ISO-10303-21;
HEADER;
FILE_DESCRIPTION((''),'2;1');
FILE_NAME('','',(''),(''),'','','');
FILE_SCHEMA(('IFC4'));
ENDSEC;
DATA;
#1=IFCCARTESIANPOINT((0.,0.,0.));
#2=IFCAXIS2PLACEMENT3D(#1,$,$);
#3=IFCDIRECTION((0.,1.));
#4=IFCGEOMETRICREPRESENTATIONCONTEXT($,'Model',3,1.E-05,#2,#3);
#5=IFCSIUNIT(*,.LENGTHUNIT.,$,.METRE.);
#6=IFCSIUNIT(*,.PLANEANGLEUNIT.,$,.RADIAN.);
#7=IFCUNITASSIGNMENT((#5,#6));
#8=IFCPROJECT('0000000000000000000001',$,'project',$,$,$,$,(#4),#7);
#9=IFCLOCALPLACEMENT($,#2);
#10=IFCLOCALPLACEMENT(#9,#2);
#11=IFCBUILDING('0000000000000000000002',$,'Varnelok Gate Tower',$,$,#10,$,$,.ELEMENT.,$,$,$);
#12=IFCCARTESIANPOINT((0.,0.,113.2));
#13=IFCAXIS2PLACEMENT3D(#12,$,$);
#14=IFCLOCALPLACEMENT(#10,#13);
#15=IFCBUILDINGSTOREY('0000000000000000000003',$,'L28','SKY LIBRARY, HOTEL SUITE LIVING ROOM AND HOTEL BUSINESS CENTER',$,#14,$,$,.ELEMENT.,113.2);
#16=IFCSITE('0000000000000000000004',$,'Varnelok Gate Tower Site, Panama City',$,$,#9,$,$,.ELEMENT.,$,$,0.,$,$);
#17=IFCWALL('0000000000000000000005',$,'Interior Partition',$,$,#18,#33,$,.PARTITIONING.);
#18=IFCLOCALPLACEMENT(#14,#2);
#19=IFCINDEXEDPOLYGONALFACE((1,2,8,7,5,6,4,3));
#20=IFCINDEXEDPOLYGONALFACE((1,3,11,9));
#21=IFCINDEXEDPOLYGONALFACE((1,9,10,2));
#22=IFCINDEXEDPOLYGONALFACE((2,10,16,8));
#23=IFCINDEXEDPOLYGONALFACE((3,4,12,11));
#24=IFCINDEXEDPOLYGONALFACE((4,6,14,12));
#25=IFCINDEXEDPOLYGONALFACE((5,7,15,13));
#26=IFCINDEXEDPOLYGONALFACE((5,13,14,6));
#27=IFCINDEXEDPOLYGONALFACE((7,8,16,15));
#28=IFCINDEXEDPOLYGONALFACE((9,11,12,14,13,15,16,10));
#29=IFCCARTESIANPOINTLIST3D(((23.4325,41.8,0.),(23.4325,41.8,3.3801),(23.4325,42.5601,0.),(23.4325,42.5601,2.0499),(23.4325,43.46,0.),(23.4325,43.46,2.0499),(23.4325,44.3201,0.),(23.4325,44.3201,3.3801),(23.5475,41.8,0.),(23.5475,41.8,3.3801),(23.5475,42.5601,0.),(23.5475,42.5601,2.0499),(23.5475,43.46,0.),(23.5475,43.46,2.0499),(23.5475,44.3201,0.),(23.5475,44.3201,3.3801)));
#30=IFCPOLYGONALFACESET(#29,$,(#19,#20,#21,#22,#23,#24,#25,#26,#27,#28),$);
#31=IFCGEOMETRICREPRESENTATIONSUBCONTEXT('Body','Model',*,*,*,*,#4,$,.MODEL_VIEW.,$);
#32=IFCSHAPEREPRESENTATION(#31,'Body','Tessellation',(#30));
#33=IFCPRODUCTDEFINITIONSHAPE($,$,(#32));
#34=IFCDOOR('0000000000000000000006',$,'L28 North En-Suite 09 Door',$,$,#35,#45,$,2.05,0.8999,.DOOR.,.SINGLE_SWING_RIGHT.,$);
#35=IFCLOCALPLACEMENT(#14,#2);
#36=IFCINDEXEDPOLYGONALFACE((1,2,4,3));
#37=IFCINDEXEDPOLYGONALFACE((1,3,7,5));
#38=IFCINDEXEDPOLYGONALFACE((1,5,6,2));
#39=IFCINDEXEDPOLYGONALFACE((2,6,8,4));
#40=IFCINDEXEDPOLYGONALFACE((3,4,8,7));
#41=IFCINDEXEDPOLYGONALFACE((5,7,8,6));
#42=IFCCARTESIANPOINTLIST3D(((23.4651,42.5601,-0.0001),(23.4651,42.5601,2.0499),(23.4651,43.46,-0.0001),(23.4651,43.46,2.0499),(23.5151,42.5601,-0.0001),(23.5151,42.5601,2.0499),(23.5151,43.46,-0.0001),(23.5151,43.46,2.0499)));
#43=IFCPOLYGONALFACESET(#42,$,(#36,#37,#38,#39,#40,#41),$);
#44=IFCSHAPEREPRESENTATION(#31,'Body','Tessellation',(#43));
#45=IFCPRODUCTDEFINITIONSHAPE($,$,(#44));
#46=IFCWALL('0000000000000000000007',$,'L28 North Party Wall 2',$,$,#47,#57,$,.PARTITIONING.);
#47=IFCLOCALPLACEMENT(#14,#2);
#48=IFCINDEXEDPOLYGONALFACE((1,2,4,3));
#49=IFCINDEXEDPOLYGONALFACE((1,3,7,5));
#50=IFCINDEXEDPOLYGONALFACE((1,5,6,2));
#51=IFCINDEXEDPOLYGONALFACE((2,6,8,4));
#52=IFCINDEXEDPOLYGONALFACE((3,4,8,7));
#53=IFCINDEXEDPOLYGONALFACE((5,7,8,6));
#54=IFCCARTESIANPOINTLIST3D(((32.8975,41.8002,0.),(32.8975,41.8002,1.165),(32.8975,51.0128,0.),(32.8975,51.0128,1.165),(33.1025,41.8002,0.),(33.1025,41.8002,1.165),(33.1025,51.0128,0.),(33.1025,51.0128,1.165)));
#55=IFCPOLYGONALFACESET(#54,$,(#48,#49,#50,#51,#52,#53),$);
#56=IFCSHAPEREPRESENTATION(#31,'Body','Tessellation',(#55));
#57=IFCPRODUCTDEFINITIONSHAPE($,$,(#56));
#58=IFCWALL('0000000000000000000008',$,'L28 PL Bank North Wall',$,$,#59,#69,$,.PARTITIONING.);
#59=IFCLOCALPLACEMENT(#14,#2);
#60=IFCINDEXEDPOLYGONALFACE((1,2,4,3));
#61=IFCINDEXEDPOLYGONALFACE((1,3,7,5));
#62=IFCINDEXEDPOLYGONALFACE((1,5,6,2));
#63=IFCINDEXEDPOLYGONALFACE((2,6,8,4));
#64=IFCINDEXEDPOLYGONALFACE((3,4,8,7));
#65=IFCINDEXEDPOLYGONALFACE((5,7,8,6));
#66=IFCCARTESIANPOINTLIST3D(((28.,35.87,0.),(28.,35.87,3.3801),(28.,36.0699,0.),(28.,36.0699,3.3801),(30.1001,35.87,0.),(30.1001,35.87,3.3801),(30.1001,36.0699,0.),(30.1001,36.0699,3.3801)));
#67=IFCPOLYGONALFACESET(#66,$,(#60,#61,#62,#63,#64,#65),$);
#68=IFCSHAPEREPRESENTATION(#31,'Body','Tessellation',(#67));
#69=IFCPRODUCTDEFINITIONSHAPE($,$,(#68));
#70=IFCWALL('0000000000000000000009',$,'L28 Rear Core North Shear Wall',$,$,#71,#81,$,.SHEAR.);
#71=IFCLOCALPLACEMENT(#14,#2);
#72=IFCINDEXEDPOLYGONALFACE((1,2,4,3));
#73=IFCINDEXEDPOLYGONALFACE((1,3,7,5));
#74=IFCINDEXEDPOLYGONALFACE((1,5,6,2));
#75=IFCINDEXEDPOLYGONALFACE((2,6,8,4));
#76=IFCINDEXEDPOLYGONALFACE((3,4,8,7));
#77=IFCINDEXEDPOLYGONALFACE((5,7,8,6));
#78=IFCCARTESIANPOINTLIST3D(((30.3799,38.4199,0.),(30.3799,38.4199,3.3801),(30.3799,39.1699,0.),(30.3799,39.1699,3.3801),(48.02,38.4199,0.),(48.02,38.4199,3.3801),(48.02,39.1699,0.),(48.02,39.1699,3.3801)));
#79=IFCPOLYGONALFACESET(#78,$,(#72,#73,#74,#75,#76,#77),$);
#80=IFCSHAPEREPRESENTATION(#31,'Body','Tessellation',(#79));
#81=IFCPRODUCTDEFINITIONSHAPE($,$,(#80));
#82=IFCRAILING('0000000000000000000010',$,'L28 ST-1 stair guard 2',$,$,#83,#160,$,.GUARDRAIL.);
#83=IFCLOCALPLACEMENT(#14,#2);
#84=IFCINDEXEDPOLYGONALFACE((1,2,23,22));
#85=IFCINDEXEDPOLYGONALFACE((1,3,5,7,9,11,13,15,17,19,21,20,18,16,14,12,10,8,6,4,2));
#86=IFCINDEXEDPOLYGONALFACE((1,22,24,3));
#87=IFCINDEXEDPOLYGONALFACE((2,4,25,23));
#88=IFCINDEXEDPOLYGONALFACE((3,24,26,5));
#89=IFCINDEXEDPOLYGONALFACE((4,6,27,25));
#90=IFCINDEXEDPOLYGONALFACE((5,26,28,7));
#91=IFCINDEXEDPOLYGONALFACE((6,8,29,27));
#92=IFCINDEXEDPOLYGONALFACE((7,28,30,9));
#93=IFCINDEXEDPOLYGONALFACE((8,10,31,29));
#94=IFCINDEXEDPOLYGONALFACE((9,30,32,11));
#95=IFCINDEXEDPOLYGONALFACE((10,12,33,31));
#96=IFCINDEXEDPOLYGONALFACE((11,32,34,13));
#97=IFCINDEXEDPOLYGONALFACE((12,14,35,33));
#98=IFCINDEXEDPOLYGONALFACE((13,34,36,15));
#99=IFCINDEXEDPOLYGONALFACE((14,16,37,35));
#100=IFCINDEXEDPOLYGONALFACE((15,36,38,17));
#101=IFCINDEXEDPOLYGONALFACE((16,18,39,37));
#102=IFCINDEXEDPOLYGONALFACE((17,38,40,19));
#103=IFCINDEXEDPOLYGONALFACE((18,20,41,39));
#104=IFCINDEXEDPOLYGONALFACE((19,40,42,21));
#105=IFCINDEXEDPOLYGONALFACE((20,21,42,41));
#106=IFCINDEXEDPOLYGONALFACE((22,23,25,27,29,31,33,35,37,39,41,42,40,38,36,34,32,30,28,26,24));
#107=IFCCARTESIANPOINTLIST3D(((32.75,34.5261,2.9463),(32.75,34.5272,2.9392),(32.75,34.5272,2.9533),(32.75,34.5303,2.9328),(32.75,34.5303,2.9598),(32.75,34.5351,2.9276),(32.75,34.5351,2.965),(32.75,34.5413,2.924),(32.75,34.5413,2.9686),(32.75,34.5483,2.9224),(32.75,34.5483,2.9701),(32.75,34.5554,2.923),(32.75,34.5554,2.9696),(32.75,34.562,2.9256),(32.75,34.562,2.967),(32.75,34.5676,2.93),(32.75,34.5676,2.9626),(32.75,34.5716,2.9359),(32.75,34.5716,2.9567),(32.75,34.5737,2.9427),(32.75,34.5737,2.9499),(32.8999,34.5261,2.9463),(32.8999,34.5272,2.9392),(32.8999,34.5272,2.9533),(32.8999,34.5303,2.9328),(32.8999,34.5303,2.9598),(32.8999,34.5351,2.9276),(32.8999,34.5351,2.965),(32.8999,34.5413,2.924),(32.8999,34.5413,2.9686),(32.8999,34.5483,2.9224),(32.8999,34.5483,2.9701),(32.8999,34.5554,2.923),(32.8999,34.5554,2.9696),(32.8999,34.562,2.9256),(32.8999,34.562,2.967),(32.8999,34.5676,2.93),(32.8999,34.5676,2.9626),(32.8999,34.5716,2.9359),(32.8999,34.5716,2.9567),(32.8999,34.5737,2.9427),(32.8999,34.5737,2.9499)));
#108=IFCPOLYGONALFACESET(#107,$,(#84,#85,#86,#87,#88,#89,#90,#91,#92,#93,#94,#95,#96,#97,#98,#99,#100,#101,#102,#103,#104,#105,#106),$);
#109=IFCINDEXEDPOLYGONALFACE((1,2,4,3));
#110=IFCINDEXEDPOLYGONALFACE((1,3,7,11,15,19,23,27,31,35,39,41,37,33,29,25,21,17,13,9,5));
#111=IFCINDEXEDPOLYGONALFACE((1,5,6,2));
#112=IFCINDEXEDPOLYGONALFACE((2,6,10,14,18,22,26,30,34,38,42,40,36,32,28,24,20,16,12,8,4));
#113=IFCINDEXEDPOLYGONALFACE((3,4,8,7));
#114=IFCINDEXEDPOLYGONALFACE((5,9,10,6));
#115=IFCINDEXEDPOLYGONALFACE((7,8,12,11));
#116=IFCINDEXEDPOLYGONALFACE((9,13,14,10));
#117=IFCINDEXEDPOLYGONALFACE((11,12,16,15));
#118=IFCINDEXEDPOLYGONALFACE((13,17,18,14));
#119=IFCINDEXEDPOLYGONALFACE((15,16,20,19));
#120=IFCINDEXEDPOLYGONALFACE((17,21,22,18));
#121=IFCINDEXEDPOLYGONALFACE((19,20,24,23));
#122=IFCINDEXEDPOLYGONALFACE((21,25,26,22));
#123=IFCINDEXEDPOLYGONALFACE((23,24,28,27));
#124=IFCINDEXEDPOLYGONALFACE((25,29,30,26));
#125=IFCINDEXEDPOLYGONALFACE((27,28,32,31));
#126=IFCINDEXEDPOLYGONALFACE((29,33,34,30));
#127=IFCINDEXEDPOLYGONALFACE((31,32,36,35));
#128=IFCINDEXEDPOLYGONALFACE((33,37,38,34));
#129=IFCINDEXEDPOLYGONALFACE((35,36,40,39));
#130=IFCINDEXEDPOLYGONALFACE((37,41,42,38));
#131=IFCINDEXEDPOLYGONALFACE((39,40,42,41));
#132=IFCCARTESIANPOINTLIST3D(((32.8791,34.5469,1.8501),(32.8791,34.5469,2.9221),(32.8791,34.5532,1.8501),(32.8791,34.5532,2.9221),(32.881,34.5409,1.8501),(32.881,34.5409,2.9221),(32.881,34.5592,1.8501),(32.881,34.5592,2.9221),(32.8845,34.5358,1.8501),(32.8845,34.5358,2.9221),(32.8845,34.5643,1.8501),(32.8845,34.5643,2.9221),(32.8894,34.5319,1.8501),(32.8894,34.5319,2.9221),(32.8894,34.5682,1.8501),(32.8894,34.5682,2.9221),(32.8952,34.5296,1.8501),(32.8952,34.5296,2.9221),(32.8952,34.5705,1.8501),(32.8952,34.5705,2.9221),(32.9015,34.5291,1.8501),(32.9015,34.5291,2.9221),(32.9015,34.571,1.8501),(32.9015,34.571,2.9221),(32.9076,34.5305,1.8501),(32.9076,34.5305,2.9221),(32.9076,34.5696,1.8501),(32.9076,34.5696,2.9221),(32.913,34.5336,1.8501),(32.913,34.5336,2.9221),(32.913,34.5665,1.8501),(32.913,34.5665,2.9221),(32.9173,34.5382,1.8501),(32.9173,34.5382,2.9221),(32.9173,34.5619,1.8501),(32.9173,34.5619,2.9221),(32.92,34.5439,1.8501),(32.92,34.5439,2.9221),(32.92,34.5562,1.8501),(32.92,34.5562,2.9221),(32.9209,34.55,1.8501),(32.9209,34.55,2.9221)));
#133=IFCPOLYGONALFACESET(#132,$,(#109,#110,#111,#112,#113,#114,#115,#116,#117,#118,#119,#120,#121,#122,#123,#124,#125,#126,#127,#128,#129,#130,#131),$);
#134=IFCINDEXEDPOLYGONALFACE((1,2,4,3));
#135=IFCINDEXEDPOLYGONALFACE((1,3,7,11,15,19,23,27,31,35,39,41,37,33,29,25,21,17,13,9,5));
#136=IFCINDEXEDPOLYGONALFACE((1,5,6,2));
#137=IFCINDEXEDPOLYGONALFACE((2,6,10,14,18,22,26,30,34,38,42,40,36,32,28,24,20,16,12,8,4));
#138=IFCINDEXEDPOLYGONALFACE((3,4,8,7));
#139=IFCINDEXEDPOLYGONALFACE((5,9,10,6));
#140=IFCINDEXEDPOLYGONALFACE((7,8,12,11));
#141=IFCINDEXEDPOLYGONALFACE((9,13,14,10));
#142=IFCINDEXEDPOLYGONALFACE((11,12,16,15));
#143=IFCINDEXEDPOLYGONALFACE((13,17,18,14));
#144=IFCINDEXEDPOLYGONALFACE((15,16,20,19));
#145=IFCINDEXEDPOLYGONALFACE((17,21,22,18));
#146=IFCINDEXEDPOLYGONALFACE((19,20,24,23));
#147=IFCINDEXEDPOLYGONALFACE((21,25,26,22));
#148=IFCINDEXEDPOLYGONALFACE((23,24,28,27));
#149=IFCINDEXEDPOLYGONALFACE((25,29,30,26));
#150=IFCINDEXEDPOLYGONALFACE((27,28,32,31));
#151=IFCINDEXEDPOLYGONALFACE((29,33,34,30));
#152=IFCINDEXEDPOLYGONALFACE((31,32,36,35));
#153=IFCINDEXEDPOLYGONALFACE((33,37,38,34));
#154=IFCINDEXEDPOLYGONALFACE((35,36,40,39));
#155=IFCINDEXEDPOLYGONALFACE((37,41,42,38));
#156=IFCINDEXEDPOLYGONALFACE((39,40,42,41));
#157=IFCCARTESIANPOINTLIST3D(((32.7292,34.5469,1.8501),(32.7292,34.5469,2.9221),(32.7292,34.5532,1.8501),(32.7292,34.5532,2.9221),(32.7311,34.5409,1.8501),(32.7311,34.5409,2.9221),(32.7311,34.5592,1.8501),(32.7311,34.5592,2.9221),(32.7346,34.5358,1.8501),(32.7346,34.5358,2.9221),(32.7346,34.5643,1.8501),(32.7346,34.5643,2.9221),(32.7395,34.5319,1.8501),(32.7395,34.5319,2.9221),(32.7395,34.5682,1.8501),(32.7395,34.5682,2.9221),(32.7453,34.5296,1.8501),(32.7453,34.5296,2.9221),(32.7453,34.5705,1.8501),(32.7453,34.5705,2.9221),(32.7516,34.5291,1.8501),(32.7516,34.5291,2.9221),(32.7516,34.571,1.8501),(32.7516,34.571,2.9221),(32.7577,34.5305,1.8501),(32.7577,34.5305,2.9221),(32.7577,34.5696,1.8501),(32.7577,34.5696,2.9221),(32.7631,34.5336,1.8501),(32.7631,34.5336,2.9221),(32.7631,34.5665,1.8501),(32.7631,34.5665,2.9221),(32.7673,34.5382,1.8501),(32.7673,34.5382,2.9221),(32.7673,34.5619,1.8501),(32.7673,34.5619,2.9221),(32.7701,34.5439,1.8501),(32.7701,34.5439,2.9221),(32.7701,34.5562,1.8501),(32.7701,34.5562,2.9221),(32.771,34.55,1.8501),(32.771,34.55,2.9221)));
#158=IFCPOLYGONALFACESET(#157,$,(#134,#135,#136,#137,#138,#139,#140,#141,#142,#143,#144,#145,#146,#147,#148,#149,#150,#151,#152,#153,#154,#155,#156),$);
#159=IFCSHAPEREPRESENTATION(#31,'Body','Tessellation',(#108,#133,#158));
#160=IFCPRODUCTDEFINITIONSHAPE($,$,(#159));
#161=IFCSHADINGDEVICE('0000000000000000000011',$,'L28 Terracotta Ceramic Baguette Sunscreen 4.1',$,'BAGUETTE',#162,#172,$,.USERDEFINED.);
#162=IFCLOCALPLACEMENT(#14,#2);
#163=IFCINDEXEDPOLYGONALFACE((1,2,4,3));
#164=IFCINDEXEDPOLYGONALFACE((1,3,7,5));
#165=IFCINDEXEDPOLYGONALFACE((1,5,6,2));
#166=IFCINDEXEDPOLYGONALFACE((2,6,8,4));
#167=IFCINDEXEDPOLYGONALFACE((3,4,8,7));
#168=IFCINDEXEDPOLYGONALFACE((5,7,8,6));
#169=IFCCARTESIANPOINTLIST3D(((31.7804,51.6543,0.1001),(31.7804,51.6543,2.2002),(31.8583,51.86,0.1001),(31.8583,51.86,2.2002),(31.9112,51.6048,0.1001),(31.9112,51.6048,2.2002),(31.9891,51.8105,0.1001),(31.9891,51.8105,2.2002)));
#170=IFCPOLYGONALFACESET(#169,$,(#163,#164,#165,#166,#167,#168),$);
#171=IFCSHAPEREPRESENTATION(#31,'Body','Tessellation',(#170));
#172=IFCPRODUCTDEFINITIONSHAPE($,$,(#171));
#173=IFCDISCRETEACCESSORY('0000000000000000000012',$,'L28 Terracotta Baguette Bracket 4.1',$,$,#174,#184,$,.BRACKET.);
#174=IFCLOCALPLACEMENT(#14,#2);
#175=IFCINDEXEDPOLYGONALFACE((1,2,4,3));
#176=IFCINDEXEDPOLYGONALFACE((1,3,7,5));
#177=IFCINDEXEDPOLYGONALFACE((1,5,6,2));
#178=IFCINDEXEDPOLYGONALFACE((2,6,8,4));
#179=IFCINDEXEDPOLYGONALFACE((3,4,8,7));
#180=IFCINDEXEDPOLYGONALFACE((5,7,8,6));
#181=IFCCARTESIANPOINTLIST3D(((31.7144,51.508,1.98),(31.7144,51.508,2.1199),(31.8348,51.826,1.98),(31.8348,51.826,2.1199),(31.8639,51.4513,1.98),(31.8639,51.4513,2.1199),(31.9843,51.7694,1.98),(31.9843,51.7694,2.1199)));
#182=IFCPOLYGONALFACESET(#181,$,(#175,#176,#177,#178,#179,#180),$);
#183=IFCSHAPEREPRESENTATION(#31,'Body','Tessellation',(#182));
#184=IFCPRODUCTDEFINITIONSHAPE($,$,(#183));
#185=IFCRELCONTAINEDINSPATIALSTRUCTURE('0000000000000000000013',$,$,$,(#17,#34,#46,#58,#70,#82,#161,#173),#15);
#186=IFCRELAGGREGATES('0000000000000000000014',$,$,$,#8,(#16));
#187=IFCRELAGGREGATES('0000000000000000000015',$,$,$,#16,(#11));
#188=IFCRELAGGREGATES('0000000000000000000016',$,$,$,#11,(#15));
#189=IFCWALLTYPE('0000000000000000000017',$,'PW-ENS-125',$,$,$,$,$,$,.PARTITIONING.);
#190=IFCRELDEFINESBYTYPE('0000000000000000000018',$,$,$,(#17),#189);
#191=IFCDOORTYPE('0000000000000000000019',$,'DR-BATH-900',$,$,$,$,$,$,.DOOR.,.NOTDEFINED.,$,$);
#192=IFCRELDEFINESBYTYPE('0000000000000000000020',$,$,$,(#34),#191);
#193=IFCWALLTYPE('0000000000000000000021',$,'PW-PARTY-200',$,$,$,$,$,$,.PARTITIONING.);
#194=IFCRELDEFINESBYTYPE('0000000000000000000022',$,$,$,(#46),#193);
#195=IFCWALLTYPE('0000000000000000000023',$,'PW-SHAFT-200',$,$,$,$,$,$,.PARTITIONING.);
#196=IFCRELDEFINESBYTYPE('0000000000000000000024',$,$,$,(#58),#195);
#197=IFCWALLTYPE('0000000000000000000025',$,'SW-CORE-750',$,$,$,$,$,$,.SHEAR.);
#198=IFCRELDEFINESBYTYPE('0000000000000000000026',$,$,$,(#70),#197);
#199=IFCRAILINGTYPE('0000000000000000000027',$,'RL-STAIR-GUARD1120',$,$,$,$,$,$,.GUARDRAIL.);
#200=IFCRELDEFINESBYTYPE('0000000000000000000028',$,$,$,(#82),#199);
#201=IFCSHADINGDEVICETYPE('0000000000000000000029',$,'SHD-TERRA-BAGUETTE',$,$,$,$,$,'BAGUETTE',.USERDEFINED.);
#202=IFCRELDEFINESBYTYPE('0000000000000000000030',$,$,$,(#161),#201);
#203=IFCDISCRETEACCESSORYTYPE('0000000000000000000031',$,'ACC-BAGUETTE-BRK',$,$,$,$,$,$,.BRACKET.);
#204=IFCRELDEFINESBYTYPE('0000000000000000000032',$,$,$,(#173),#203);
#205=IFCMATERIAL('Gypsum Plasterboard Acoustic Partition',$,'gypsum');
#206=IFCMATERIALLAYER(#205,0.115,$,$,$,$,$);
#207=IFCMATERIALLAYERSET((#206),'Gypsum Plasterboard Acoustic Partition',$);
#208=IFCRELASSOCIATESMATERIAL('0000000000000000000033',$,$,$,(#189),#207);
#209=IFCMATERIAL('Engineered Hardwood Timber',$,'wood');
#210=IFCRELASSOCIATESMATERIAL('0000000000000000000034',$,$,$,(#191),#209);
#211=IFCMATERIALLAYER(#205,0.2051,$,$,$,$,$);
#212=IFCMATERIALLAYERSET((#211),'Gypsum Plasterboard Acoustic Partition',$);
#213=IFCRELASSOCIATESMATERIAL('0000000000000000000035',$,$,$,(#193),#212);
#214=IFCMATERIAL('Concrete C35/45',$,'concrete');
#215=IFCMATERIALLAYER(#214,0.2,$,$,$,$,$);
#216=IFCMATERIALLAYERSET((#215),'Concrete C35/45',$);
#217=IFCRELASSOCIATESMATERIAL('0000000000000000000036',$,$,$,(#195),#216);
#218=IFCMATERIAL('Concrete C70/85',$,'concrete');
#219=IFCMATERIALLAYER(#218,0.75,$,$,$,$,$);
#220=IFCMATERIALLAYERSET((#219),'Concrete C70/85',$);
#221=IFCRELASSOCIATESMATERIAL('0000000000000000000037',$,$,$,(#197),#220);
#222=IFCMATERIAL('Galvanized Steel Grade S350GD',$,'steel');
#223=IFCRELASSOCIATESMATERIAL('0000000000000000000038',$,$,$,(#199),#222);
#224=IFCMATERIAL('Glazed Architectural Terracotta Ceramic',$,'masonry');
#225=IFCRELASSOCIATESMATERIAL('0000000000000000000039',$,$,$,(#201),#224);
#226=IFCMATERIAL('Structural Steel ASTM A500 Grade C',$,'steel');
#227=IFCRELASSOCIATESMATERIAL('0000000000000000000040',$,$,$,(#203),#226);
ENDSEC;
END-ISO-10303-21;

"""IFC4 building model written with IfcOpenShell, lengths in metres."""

from ifc_helpers import new_model, si_unit, direction, frame, frame_2d, origin, origin_2d, place, context, subcontext, project, spatial, rectangle, circle, extrude, source, transform, mapped, material, layer, layer_set, type_object, element, fill, save


model = new_model("IFC4")

# Units and contexts
model_context = context("Model", 3, precision=1e-05, world=origin(), true_north=direction((0.0, 1.0)))
body_context = subcontext(model_context, "Body", "Model", "MODEL_VIEW")
ifc_project = project(units=[si_unit("LENGTHUNIT", "METRE"), si_unit("PLANEANGLEUNIT", "RADIAN")], contexts=[model_context])

# Site, building, storey
site_placement = place(None, origin())
site = spatial("IfcSite", under=ifc_project, at=site_placement, Name="Varnelok Gate Tower Site, Panama City", CompositionType="ELEMENT", RefElevation=0.0)
building_placement = place(site_placement, origin())
building = spatial("IfcBuilding", under=site, at=building_placement, Name="Varnelok Gate Tower", CompositionType="ELEMENT")
storey_placement = place(building_placement, frame((0.0, 0.0, 113.2)))
storey = spatial("IfcBuildingStorey", under=building, at=storey_placement, Name="L28", Description="SKY LIBRARY, HOTEL SUITE LIVING ROOM AND HOTEL BUSINESS CENTER", CompositionType="ELEMENT", Elevation=113.2)

# Shared definitions
ifc_material_1 = material(Name="Concrete C70/85", Category="concrete")

# Shared definitions
ifc_material_2 = material(Name="Gypsum Plasterboard Acoustic Partition", Category="gypsum")
ifc_material_3 = material(Name="Engineered Hardwood Timber", Category="wood")

# Shared definitions
ifc_layer_1 = layer(ifc_material_2, 0.115)
ifc_layer_set_1 = layer_set([ifc_layer_1], Name="Gypsum Plasterboard Acoustic Partition")
wall_type_1 = type_object("IfcWallType", Name="PW-ENS-125", PredefinedType="PARTITIONING", material=ifc_layer_set_1)

# Wall, opening, door
wall_1_placement = place(storey_placement, frame((23.49, 41.8, 0.0), z_axis=(0.0, 0.0, 1.0), x_axis=(0.0, 1.0, 0.0)))
wall_1 = element("IfcWall", 1, at=wall_1_placement, inside=storey, type_object=wall_type_1, Name="Interior Partition", PredefinedType="PARTITIONING", context=body_context, shape_type="SweptSolid", body=[
    extrude(rectangle(XDim=2.52, YDim=0.115, at=frame_2d((1.26, 0.0))), origin(), (0.0, 0.0, 1.0), 3.3801),
])
opening_1_placement = place(wall_1_placement, frame((0.76, 0.0, 0.0)))
opening_1 = element("IfcOpeningElement", 2, at=opening_1_placement, cuts=wall_1, PredefinedType="OPENING", context=body_context, shape_type="SweptSolid", body=[
    extrude(rectangle(XDim=0.8999, YDim=2.05, at=frame_2d((0.45, 1.0249))), frame((0.0, 0.0674, 0.0), z_axis=(0.0, -1.0, 0.0), x_axis=(1.0, 0.0, 0.0)), (0.0, 0.0, 1.0), 0.135),
])
door_type_1 = type_object("IfcDoorType", Name="DR-BATH-900", OperationType="NOTDEFINED", PredefinedType="DOOR", material=ifc_material_3)
door_1_placement = place(opening_1_placement, origin())
door_1 = element("IfcDoor", 3, at=door_1_placement, inside=storey, type_object=door_type_1, Name="L28 North En-Suite 09 Door", OperationType="SINGLE_SWING_RIGHT", OverallHeight=2.05, OverallWidth=0.8999, PredefinedType="DOOR", context=body_context, shape_type="SweptSolid", body=[
    extrude(rectangle(XDim=0.8999, YDim=2.05, at=frame_2d((0.45, 1.0249))), frame((0.0, 0.0249, 0.0), z_axis=(0.0, -1.0, 0.0), x_axis=(1.0, 0.0, 0.0)), (0.0, 0.0, 1.0), 0.05),
])
fill(opening_1, door_1)

# Walls
ifc_layer_2 = layer(ifc_material_2, 0.2051)
ifc_layer_set_2 = layer_set([ifc_layer_2], Name="Gypsum Plasterboard Acoustic Partition")
wall_type_2 = type_object("IfcWallType", Name="PW-PARTY-200", PredefinedType="PARTITIONING", material=ifc_layer_set_2)
wall_2_placement = place(storey_placement, frame((33.0, 41.8, 0.0), z_axis=(0.0, 0.0, 1.0), x_axis=(0.0, 1.0, 0.0)))
element("IfcWall", 4, at=wall_2_placement, inside=storey, type_object=wall_type_2, Name="L28 North Party Wall 2", PredefinedType="PARTITIONING", context=body_context, shape_type="SweptSolid", body=[
    extrude(rectangle(XDim=9.2126, YDim=0.2051, at=frame_2d((4.6064, 0.0))), origin(), (0.0, 0.0, 1.0), 1.165),
])
ifc_material_4 = material(Name="Concrete C35/45", Category="concrete")
ifc_layer_3 = layer(ifc_material_4, 0.2)
ifc_layer_set_3 = layer_set([ifc_layer_3], Name="Concrete C35/45")
wall_type_3 = type_object("IfcWallType", Name="PW-SHAFT-200", PredefinedType="PARTITIONING", material=ifc_layer_set_3)
wall_3_placement = place(storey_placement, frame((28.0, 35.97, 0.0), z_axis=(0.0, 0.0, 1.0), x_axis=(1.0, 0.0, 0.0)))
element("IfcWall", 5, at=wall_3_placement, inside=storey, type_object=wall_type_3, Name="L28 PL Bank North Wall", PredefinedType="PARTITIONING", context=body_context, shape_type="SweptSolid", body=[
    extrude(rectangle(XDim=2.1001, YDim=0.2, at=frame_2d((1.05, 0.0))), origin(), (0.0, 0.0, 1.0), 3.3801),
])
ifc_layer_4 = layer(ifc_material_1, 0.75)
ifc_layer_set_4 = layer_set([ifc_layer_4], Name="Concrete C70/85")
wall_type_4 = type_object("IfcWallType", Name="SW-CORE-750", PredefinedType="SHEAR", material=ifc_layer_set_4)
wall_4_placement = place(storey_placement, frame((30.3799, 38.7949, 0.0), z_axis=(0.0, 0.0, 1.0), x_axis=(1.0, 0.0, 0.0)))
element("IfcWall", 6, at=wall_4_placement, inside=storey, type_object=wall_type_4, Name="L28 Rear Core North Shear Wall", PredefinedType="SHEAR", context=body_context, shape_type="SweptSolid", body=[
    extrude(rectangle(XDim=17.6401, YDim=0.75, at=frame_2d((8.8201, 0.0))), origin(), (0.0, 0.0, 1.0), 3.3801),
])

# Railing
ifc_material_5 = material(Name="Galvanized Steel Grade S350GD", Category="steel")
railing_type_1 = type_object("IfcRailingType", Name="RL-STAIR-GUARD1120", PredefinedType="GUARDRAIL", material=ifc_material_5)
railing_1_placement = place(storey_placement, frame((32.8999, 34.55, 1.8501)))
element("IfcRailing", 7, at=railing_1_placement, inside=storey, type_object=railing_type_1, Name="L28 ST-1 stair guard 2", PredefinedType="GUARDRAIL", context=body_context, shape_type="SweptSolid", body=[
    extrude(circle(Radius=0.0239, at=origin_2d()), frame((0.0, 0.0, 1.0962), z_axis=(-1.0, 0.0, 0.0), x_axis=(0.0, -1.0, 0.0)), (0.0, 0.0, 1.0), 0.1499),
    extrude(circle(Radius=0.021, at=origin_2d()), origin(), (0.0, 0.0, 1.0), 1.072),
    extrude(circle(Radius=0.021, at=origin_2d()), frame((-0.1499, 0.0, 0.0)), (0.0, 0.0, 1.0), 1.072),
])

# Shading device
ifc_material_6 = material(Name="Glazed Architectural Terracotta Ceramic", Category="masonry")
shading_device_type = type_object("IfcShadingDeviceType", Name="SHD-TERRA-BAGUETTE", ElementType="BAGUETTE", PredefinedType="USERDEFINED", material=ifc_material_6)
shared_shape_1 = source(origin(), body_context, "Body", "SweptSolid", [
    extrude(rectangle(XDim=0.1399, YDim=0.22, at=origin_2d()), origin(), (0.0, 0.0, 1.0), 2.1001),
])
shading_device_placement = place(storey_placement, frame((31.8848, 51.7324, 0.1001), z_axis=(0.0, 0.0, 1.0), x_axis=(0.935222, -0.354063, 0.0)))
element("IfcShadingDevice", 8, at=shading_device_placement, inside=storey, type_object=shading_device_type, Name="L28 Terracotta Ceramic Baguette Sunscreen 4.1", ObjectType="BAGUETTE", PredefinedType="USERDEFINED", context=body_context, shape_type="MappedRepresentation", body=[
    mapped(shared_shape_1, transform((0.0, 0.0, 0.0), scale=1.0)),
])

# Discrete accessory
ifc_material_7 = material(Name="Structural Steel ASTM A500 Grade C", Category="steel")
discrete_accessory_type = type_object("IfcDiscreteAccessoryType", Name="ACC-BAGUETTE-BRK", PredefinedType="BRACKET", material=ifc_material_7)
shared_shape_2 = source(origin(), body_context, "Body", "SweptSolid", [
    extrude(rectangle(XDim=0.1599, YDim=0.3401, at=origin_2d()), origin(), (0.0, 0.0, 1.0), 0.1399),
])
discrete_accessory_placement = place(storey_placement, frame((31.8494, 51.6387, 1.98), z_axis=(0.0, 0.0, 1.0), x_axis=(0.935222, -0.354063, 0.0)))
element("IfcDiscreteAccessory", 9, at=discrete_accessory_placement, inside=storey, type_object=discrete_accessory_type, Name="L28 Terracotta Baguette Bracket 4.1", PredefinedType="BRACKET", context=body_context, shape_type="MappedRepresentation", body=[
    mapped(shared_shape_2, transform((0.0, 0.0, 0.0), scale=1.0)),
])

save(model, "model.ifc")
